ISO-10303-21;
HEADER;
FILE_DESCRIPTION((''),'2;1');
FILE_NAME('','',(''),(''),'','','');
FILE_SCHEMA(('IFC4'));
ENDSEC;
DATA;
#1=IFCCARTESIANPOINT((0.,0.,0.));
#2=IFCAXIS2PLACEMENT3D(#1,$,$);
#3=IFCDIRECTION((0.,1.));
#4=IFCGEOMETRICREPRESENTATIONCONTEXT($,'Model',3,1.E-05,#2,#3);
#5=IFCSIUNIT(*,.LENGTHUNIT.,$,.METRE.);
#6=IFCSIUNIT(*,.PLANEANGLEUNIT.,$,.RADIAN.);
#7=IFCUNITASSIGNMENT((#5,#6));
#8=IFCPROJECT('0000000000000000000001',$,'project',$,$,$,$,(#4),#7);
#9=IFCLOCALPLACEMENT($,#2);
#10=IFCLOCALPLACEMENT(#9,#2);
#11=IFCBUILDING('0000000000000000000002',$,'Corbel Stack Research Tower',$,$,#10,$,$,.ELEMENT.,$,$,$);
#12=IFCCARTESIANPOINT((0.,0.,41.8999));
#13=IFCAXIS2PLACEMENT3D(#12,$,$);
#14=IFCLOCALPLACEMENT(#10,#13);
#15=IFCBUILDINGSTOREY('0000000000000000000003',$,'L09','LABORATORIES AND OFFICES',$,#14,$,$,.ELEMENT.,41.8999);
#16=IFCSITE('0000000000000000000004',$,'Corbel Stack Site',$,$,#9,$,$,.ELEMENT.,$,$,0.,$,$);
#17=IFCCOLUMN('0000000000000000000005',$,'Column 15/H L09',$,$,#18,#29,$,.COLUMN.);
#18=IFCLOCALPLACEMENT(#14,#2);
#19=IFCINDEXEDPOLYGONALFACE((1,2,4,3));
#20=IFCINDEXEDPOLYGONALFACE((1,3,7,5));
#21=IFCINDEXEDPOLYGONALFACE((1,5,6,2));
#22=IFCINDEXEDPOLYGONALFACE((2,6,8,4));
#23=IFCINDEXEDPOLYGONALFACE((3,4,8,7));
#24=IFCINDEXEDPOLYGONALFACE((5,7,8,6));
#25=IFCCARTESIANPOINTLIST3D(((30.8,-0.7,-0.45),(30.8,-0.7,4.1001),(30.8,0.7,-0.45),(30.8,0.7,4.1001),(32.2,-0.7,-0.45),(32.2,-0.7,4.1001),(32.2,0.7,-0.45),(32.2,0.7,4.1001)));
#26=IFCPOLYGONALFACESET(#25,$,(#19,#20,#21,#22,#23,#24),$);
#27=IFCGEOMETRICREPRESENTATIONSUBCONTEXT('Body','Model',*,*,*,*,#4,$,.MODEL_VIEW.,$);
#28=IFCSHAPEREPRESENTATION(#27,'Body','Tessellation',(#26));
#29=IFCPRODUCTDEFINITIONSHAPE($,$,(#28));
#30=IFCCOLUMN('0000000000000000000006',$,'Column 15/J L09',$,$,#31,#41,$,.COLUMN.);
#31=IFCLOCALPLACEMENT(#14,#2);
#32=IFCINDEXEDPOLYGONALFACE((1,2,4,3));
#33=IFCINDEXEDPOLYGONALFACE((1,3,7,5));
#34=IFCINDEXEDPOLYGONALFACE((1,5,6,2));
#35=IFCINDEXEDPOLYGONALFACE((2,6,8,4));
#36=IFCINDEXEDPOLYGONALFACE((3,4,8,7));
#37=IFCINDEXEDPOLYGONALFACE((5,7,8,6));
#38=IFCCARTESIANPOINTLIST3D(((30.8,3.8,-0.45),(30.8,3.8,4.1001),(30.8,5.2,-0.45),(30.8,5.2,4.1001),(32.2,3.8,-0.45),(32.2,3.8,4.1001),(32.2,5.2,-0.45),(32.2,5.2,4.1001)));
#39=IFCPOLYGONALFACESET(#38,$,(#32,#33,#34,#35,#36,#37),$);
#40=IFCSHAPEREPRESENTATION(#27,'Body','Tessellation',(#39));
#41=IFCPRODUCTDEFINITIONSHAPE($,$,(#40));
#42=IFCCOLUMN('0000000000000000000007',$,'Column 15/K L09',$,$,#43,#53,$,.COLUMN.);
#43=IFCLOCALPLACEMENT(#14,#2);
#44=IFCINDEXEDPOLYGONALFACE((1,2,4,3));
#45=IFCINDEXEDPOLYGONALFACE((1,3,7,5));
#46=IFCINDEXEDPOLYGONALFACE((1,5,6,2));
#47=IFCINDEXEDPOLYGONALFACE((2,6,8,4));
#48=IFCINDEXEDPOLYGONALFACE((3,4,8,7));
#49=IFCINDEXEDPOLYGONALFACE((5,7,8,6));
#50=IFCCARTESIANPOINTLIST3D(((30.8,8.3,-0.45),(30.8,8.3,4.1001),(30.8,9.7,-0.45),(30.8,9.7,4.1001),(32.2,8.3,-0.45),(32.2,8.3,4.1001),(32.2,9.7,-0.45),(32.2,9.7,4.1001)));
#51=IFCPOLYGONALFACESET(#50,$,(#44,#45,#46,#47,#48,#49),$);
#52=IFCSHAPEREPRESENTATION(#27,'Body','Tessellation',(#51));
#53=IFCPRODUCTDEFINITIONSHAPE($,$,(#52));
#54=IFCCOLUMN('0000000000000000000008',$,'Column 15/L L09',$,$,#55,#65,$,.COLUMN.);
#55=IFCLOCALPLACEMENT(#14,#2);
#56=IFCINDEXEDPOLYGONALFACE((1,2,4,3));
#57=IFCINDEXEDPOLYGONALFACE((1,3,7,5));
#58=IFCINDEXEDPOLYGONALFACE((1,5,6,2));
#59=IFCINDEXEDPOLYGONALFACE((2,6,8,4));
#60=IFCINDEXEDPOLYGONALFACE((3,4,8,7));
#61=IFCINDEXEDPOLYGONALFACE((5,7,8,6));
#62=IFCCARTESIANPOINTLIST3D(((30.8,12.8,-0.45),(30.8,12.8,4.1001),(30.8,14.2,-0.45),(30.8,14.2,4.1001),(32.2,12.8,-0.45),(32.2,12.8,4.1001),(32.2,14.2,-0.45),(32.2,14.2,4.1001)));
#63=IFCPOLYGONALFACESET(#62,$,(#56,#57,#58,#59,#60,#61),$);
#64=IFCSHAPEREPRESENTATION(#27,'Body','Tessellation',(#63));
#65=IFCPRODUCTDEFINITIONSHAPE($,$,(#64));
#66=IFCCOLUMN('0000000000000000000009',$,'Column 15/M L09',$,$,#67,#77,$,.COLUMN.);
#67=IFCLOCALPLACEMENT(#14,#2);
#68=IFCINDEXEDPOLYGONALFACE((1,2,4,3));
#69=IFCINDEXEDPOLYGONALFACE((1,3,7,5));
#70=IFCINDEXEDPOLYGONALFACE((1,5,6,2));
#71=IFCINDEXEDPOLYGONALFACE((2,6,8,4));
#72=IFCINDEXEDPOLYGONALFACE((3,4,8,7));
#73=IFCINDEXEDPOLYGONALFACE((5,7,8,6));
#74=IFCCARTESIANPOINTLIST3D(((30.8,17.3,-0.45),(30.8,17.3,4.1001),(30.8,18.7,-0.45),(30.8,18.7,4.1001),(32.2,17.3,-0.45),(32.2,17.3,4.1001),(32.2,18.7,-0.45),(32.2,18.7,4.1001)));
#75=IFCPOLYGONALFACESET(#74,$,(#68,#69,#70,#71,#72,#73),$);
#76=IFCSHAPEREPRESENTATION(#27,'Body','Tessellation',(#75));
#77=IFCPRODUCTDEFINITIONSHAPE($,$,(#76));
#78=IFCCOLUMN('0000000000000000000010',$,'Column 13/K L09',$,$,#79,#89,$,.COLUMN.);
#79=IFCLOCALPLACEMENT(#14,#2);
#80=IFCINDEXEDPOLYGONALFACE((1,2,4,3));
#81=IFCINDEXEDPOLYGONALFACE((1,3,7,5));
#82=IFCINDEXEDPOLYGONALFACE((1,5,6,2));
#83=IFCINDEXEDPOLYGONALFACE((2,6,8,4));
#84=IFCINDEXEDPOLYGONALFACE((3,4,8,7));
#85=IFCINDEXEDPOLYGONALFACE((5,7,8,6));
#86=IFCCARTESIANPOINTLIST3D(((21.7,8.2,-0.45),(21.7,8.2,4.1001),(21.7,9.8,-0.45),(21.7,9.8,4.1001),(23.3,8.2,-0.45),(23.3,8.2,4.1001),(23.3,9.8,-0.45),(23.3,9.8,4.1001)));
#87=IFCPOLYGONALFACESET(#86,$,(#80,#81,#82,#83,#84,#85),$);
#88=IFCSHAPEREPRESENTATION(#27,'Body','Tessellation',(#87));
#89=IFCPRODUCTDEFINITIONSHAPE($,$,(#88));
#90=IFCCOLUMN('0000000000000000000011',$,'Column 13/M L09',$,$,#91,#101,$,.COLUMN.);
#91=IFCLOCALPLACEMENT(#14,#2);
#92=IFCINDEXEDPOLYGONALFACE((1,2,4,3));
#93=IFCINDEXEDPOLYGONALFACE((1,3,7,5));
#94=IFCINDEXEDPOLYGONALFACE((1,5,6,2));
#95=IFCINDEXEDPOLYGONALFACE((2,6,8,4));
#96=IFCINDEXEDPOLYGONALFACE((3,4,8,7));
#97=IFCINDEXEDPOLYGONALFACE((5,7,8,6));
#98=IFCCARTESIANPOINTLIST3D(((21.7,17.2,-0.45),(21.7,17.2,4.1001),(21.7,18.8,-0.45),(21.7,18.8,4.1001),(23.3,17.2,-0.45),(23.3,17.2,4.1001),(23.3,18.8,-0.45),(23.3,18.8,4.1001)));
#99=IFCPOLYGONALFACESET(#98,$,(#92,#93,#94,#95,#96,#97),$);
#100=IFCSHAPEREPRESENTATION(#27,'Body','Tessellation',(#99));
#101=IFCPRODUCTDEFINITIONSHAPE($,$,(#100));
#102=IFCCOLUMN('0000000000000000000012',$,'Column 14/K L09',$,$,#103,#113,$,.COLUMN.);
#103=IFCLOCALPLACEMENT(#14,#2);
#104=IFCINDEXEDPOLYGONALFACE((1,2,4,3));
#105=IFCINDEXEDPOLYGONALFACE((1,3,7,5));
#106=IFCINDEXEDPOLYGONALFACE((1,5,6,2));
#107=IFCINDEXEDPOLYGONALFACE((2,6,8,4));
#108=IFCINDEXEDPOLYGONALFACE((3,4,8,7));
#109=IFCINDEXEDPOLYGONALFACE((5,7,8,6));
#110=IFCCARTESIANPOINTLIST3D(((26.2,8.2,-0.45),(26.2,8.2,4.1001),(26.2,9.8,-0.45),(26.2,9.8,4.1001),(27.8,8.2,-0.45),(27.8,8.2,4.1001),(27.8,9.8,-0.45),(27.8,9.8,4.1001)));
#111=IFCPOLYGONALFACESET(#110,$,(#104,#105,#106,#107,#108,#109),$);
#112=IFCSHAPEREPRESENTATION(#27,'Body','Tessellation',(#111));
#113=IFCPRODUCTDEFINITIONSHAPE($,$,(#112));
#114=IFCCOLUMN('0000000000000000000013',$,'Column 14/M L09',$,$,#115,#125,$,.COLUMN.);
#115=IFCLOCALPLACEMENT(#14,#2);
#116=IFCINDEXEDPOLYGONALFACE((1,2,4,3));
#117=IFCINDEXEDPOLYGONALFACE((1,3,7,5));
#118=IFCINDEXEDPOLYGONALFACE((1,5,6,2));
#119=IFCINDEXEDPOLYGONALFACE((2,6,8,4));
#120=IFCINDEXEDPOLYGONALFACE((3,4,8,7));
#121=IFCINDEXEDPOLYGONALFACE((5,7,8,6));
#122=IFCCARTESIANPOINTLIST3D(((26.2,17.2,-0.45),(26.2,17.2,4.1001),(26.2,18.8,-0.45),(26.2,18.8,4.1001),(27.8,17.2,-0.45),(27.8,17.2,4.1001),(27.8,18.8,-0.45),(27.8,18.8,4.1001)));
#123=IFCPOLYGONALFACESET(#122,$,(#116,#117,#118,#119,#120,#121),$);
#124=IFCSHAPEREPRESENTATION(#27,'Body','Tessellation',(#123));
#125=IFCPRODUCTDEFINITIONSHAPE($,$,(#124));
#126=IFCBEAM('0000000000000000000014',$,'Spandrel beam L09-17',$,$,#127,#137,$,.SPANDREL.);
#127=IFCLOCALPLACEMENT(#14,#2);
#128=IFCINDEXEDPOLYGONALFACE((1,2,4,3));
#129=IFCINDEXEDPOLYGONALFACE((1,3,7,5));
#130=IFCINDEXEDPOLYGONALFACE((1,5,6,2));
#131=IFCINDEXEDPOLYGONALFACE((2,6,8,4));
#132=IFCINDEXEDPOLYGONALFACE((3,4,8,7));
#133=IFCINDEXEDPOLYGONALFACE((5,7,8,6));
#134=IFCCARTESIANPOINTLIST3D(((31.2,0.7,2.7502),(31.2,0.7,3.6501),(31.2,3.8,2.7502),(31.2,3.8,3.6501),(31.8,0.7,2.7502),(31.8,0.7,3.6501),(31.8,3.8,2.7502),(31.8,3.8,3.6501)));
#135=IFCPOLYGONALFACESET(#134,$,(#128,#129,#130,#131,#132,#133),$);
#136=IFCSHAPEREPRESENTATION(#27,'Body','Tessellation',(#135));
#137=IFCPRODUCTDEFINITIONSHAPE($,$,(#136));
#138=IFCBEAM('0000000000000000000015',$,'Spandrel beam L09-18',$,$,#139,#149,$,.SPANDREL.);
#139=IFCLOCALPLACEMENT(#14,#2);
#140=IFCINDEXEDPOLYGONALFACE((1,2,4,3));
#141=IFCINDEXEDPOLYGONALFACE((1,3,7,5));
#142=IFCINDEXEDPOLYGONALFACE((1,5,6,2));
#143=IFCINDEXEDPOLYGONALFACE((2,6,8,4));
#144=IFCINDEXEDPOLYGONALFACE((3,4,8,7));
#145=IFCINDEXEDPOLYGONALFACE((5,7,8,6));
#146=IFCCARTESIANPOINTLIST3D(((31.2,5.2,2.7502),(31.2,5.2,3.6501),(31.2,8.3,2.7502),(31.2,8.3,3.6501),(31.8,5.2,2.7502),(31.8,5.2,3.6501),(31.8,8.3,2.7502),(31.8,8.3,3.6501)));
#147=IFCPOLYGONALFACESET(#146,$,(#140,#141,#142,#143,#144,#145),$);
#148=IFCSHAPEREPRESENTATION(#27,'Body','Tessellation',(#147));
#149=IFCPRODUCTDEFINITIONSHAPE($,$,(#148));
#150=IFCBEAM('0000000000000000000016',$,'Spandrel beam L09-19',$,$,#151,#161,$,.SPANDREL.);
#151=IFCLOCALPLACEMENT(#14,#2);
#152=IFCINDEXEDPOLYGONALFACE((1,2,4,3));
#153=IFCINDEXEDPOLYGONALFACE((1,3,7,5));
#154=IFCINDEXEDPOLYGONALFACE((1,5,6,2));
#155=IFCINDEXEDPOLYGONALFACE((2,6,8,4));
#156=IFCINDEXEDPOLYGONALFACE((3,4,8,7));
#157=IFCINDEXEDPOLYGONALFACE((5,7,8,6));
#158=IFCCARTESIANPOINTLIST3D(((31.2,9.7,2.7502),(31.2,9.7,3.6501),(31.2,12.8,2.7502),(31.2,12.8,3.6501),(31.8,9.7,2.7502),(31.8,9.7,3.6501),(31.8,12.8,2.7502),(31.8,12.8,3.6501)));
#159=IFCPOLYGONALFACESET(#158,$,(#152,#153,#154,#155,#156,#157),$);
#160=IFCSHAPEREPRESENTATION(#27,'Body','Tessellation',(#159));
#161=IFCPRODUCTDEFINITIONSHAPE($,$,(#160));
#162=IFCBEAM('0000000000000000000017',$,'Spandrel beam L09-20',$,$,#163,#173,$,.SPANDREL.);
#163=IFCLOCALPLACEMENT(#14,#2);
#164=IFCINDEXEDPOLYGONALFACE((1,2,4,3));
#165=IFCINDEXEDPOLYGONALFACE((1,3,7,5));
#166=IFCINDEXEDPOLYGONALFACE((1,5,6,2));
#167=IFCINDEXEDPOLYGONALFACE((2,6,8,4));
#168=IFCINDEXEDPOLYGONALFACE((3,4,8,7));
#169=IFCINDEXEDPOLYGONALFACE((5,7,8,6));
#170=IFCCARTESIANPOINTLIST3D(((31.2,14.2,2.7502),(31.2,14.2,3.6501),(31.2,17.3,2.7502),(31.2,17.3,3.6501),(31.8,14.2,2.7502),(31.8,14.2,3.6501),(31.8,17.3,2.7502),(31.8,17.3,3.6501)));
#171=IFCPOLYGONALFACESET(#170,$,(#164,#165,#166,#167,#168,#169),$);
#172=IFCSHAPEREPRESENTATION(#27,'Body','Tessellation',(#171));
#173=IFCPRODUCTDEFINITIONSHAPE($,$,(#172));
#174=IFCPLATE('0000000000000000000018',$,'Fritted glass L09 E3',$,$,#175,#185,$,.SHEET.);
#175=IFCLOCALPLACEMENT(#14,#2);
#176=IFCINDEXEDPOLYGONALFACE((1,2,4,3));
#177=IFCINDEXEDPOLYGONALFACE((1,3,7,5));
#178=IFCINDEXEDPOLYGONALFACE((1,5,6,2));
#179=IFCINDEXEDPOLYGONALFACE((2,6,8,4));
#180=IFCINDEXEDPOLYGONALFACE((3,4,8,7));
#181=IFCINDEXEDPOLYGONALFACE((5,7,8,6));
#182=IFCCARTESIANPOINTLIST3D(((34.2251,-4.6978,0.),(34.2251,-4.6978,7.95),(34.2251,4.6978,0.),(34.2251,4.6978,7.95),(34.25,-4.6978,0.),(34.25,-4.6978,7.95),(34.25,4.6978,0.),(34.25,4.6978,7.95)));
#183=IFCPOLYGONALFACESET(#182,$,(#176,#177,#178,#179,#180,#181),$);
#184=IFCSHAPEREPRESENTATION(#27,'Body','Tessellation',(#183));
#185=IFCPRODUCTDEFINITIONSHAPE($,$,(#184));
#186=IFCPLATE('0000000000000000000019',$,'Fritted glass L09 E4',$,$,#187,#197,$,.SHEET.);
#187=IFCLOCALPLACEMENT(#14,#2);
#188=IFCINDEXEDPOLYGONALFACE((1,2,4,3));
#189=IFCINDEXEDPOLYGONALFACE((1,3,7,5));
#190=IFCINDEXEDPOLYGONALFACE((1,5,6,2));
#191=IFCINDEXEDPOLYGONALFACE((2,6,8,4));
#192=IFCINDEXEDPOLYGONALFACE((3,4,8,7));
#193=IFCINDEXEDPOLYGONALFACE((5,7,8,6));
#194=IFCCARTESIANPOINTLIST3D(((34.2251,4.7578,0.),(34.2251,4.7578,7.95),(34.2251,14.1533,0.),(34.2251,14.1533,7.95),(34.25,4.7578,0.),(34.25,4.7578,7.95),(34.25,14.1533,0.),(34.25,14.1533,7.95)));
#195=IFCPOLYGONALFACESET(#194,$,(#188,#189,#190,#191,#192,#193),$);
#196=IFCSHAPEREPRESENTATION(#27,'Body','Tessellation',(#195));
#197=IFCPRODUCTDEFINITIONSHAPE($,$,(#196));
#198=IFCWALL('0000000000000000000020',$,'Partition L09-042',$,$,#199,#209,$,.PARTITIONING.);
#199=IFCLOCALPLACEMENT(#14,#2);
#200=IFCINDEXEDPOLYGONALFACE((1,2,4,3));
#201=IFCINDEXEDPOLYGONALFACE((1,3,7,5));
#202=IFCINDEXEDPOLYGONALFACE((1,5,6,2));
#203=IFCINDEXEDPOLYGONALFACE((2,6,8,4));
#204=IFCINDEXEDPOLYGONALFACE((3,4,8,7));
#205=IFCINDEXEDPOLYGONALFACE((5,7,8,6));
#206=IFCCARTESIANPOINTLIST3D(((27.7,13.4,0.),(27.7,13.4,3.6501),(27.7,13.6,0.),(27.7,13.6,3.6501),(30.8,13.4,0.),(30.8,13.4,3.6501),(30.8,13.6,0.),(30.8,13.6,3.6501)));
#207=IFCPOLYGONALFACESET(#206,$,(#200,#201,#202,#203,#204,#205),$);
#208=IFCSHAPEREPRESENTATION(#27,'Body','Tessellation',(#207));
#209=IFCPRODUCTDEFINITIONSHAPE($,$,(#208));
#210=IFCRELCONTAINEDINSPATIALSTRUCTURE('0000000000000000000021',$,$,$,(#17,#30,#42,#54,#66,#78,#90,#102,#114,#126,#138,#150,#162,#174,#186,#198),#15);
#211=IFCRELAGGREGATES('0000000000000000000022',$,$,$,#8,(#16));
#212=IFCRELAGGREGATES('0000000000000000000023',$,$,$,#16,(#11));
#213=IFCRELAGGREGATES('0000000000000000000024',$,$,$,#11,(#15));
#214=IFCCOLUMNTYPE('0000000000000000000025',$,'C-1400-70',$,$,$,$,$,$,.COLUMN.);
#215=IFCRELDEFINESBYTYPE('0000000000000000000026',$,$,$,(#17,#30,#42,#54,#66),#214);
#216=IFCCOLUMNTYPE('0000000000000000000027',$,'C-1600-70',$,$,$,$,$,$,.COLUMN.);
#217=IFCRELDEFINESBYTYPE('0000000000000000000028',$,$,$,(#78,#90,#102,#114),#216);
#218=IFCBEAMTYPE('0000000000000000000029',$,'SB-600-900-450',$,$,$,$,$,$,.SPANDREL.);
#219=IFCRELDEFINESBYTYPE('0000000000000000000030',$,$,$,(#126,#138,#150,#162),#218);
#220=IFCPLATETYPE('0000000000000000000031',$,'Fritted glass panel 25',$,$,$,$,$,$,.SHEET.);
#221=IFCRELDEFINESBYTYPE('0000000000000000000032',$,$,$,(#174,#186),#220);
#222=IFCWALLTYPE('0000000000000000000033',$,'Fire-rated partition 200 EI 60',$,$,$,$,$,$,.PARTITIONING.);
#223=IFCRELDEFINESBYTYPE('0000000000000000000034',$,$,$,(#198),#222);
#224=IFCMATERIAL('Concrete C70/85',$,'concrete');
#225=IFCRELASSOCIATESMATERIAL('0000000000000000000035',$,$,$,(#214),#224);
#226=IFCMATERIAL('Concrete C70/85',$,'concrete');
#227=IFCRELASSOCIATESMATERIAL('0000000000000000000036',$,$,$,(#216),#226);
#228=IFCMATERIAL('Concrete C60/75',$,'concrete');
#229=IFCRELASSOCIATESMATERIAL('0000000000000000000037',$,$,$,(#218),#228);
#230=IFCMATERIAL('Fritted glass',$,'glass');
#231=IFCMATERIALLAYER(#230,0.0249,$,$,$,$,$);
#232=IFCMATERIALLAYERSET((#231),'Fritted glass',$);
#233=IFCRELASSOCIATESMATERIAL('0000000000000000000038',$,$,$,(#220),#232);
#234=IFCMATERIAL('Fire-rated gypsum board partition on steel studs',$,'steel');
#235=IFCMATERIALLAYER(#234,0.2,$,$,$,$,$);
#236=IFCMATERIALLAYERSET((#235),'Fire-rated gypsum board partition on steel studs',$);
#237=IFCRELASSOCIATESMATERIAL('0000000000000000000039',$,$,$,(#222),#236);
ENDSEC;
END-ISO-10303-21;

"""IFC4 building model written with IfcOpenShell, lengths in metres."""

from ifc_helpers import new_model, si_unit, direction, frame, frame_2d, origin, origin_2d, place, context, subcontext, project, spatial, rectangle, extrude, material, layer, layer_set, material_profile, profile_set, type_object, element, save


model = new_model("IFC4")

# Units and contexts
model_context = context("Model", 3, precision=1e-05, world=origin(), true_north=direction((0.0, 1.0)))
body_context = subcontext(model_context, "Body", "Model", "MODEL_VIEW")
ifc_project = project(units=[si_unit("LENGTHUNIT", "METRE"), si_unit("PLANEANGLEUNIT", "RADIAN")], contexts=[model_context])

# Site, building, storey
site_placement = place(None, origin())
site = spatial("IfcSite", under=ifc_project, at=site_placement, Name="Corbel Stack Site", CompositionType="ELEMENT", RefElevation=0.0)
building_placement = place(site_placement, origin())
building = spatial("IfcBuilding", under=site, at=building_placement, Name="Corbel Stack Research Tower", CompositionType="ELEMENT")
storey_placement = place(building_placement, frame((0.0, 0.0, 41.8999)))
storey = spatial("IfcBuildingStorey", under=building, at=storey_placement, Name="L09", Description="LABORATORIES AND OFFICES", CompositionType="ELEMENT", Elevation=41.8999)

# Columns
ifc_material_1 = material(Name="Concrete C70/85", Category="concrete")
ifc_material_profile_1 = material_profile(ifc_material_1, rectangle(XDim=1.3999, YDim=1.3999, at=origin_2d()), Name="RC 1400 x 1400")
ifc_profile_set_1 = profile_set([ifc_material_profile_1], Name="Concrete C70/85")
column_type_1 = type_object("IfcColumnType", Name="C-1400-70", PredefinedType="COLUMN", material=ifc_profile_set_1)
for number, where, z_axis, x_axis, name in (
    (1, (31.5, 0.0, -0.45), (0.0, 0.0, 1.0), (1.0, 0.0, 0.0), "Column 15/H L09"),
    (2, (31.5, 4.5, -0.45), (0.0, 0.0, 1.0), (1.0, 0.0, 0.0), "Column 15/J L09"),
    (3, (31.5, 9.0, -0.45), (0.0, 0.0, 1.0), (1.0, 0.0, 0.0), "Column 15/K L09"),
    (4, (31.5, 13.5, -0.45), (0.0, 0.0, 1.0), (1.0, 0.0, 0.0), "Column 15/L L09"),
    (5, (31.5, 18.0, -0.45), (0.0, 0.0, 1.0), (1.0, 0.0, 0.0), "Column 15/M L09"),
):
    element("IfcColumn", number, at=place(storey_placement, frame(where, z_axis=z_axis, x_axis=x_axis)), inside=storey, type_object=column_type_1, Name=name, PredefinedType="COLUMN", context=body_context, shape_type="SweptSolid", body=[
        extrude(rectangle(XDim=1.3999, YDim=1.3999, at=origin_2d()), origin(), (0.0, 0.0, 1.0), 4.55),
    ])
ifc_material_2 = material(Name="Concrete C70/85", Category="concrete")
ifc_material_profile_2 = material_profile(ifc_material_2, rectangle(XDim=1.6001, YDim=1.6001, at=origin_2d()), Name="RC 1600 x 1600")
ifc_profile_set_2 = profile_set([ifc_material_profile_2], Name="Concrete C70/85")
column_type_2 = type_object("IfcColumnType", Name="C-1600-70", PredefinedType="COLUMN", material=ifc_profile_set_2)
for number, where, z_axis, x_axis, name in (
    (6, (22.5, 9.0, -0.45), (0.0, 0.0, 1.0), (1.0, 0.0, 0.0), "Column 13/K L09"),
    (7, (22.5, 18.0, -0.45), (0.0, 0.0, 1.0), (1.0, 0.0, 0.0), "Column 13/M L09"),
    (8, (27.0, 9.0, -0.45), (0.0, 0.0, 1.0), (1.0, 0.0, 0.0), "Column 14/K L09"),
    (9, (27.0, 18.0, -0.45), (0.0, 0.0, 1.0), (1.0, 0.0, 0.0), "Column 14/M L09"),
):
    element("IfcColumn", number, at=place(storey_placement, frame(where, z_axis=z_axis, x_axis=x_axis)), inside=storey, type_object=column_type_2, Name=name, PredefinedType="COLUMN", context=body_context, shape_type="SweptSolid", body=[
        extrude(rectangle(XDim=1.6001, YDim=1.6001, at=origin_2d()), origin(), (0.0, 0.0, 1.0), 4.55),
    ])

# Beams
ifc_material_3 = material(Name="Concrete C60/75", Category="concrete")
ifc_material_profile_3 = material_profile(ifc_material_3, rectangle(XDim=0.6001, YDim=0.8999, at=origin_2d()), Name="RC 600 x 900")
ifc_profile_set_3 = profile_set([ifc_material_profile_3], Name="Concrete C60/75")
beam_type = type_object("IfcBeamType", Name="SB-600-900-450", PredefinedType="SPANDREL", material=ifc_profile_set_3)
for number, where, z_axis, x_axis, name in (
    (10, (31.5, 0.7, 3.2002), (0.0, 1.0, 0.0), (-1.0, 0.0, 0.0), "Spandrel beam L09-17"),
    (11, (31.5, 5.2, 3.2002), (0.0, 1.0, 0.0), (-1.0, 0.0, 0.0), "Spandrel beam L09-18"),
    (12, (31.5, 9.7, 3.2002), (0.0, 1.0, 0.0), (-1.0, 0.0, 0.0), "Spandrel beam L09-19"),
    (13, (31.5, 14.2, 3.2002), (0.0, 1.0, 0.0), (-1.0, 0.0, 0.0), "Spandrel beam L09-20"),
):
    element("IfcBeam", number, at=place(storey_placement, frame(where, z_axis=z_axis, x_axis=x_axis)), inside=storey, type_object=beam_type, Name=name, PredefinedType="SPANDREL", context=body_context, shape_type="SweptSolid", body=[
        extrude(rectangle(XDim=0.6001, YDim=0.8999, at=origin_2d()), origin(), (0.0, 0.0, 1.0), 3.1001),
    ])

# Plates
ifc_material_4 = material(Name="Fritted glass", Category="glass")
ifc_layer_1 = layer(ifc_material_4, 0.0249)
ifc_layer_set_1 = layer_set([ifc_layer_1], Name="Fritted glass")
plate_type = type_object("IfcPlateType", Name="Fritted glass panel 25", PredefinedType="SHEET", material=ifc_layer_set_1)
for number, where, z_axis, x_axis, name in (
    (14, (34.2375, 0.0, 0.0), (0.0, 0.0, 1.0), (0.0, 1.0, 0.0), "Fritted glass L09 E3"),
    (15, (34.2375, 9.4556, 0.0), (0.0, 0.0, 1.0), (0.0, 1.0, 0.0), "Fritted glass L09 E4"),
):
    element("IfcPlate", number, at=place(storey_placement, frame(where, z_axis=z_axis, x_axis=x_axis)), inside=storey, type_object=plate_type, Name=name, PredefinedType="SHEET", context=body_context, shape_type="SweptSolid", body=[
        extrude(rectangle(XDim=9.3955, YDim=0.0249, at=origin_2d()), origin(), (0.0, 0.0, 1.0), 7.95),
    ])

# Wall
ifc_material_5 = material(Name="Fire-rated gypsum board partition on steel studs", Category="steel")
ifc_layer_2 = layer(ifc_material_5, 0.2)
ifc_layer_set_2 = layer_set([ifc_layer_2], Name="Fire-rated gypsum board partition on steel studs")
wall_type_1 = type_object("IfcWallType", Name="Fire-rated partition 200 EI 60", PredefinedType="PARTITIONING", material=ifc_layer_set_2)
wall_1_placement = place(storey_placement, frame((27.7, 13.5, 0.0), z_axis=(0.0, 0.0, 1.0), x_axis=(1.0, 0.0, 0.0)))
element("IfcWall", 16, at=wall_1_placement, inside=storey, type_object=wall_type_1, Name="Partition L09-042", PredefinedType="PARTITIONING", context=body_context, shape_type="SweptSolid", body=[
    extrude(rectangle(XDim=3.1001, YDim=0.2, at=frame_2d((1.55, 0.0))), origin(), (0.0, 0.0, 1.0), 3.6501),
])

save(model, "model.ifc")
